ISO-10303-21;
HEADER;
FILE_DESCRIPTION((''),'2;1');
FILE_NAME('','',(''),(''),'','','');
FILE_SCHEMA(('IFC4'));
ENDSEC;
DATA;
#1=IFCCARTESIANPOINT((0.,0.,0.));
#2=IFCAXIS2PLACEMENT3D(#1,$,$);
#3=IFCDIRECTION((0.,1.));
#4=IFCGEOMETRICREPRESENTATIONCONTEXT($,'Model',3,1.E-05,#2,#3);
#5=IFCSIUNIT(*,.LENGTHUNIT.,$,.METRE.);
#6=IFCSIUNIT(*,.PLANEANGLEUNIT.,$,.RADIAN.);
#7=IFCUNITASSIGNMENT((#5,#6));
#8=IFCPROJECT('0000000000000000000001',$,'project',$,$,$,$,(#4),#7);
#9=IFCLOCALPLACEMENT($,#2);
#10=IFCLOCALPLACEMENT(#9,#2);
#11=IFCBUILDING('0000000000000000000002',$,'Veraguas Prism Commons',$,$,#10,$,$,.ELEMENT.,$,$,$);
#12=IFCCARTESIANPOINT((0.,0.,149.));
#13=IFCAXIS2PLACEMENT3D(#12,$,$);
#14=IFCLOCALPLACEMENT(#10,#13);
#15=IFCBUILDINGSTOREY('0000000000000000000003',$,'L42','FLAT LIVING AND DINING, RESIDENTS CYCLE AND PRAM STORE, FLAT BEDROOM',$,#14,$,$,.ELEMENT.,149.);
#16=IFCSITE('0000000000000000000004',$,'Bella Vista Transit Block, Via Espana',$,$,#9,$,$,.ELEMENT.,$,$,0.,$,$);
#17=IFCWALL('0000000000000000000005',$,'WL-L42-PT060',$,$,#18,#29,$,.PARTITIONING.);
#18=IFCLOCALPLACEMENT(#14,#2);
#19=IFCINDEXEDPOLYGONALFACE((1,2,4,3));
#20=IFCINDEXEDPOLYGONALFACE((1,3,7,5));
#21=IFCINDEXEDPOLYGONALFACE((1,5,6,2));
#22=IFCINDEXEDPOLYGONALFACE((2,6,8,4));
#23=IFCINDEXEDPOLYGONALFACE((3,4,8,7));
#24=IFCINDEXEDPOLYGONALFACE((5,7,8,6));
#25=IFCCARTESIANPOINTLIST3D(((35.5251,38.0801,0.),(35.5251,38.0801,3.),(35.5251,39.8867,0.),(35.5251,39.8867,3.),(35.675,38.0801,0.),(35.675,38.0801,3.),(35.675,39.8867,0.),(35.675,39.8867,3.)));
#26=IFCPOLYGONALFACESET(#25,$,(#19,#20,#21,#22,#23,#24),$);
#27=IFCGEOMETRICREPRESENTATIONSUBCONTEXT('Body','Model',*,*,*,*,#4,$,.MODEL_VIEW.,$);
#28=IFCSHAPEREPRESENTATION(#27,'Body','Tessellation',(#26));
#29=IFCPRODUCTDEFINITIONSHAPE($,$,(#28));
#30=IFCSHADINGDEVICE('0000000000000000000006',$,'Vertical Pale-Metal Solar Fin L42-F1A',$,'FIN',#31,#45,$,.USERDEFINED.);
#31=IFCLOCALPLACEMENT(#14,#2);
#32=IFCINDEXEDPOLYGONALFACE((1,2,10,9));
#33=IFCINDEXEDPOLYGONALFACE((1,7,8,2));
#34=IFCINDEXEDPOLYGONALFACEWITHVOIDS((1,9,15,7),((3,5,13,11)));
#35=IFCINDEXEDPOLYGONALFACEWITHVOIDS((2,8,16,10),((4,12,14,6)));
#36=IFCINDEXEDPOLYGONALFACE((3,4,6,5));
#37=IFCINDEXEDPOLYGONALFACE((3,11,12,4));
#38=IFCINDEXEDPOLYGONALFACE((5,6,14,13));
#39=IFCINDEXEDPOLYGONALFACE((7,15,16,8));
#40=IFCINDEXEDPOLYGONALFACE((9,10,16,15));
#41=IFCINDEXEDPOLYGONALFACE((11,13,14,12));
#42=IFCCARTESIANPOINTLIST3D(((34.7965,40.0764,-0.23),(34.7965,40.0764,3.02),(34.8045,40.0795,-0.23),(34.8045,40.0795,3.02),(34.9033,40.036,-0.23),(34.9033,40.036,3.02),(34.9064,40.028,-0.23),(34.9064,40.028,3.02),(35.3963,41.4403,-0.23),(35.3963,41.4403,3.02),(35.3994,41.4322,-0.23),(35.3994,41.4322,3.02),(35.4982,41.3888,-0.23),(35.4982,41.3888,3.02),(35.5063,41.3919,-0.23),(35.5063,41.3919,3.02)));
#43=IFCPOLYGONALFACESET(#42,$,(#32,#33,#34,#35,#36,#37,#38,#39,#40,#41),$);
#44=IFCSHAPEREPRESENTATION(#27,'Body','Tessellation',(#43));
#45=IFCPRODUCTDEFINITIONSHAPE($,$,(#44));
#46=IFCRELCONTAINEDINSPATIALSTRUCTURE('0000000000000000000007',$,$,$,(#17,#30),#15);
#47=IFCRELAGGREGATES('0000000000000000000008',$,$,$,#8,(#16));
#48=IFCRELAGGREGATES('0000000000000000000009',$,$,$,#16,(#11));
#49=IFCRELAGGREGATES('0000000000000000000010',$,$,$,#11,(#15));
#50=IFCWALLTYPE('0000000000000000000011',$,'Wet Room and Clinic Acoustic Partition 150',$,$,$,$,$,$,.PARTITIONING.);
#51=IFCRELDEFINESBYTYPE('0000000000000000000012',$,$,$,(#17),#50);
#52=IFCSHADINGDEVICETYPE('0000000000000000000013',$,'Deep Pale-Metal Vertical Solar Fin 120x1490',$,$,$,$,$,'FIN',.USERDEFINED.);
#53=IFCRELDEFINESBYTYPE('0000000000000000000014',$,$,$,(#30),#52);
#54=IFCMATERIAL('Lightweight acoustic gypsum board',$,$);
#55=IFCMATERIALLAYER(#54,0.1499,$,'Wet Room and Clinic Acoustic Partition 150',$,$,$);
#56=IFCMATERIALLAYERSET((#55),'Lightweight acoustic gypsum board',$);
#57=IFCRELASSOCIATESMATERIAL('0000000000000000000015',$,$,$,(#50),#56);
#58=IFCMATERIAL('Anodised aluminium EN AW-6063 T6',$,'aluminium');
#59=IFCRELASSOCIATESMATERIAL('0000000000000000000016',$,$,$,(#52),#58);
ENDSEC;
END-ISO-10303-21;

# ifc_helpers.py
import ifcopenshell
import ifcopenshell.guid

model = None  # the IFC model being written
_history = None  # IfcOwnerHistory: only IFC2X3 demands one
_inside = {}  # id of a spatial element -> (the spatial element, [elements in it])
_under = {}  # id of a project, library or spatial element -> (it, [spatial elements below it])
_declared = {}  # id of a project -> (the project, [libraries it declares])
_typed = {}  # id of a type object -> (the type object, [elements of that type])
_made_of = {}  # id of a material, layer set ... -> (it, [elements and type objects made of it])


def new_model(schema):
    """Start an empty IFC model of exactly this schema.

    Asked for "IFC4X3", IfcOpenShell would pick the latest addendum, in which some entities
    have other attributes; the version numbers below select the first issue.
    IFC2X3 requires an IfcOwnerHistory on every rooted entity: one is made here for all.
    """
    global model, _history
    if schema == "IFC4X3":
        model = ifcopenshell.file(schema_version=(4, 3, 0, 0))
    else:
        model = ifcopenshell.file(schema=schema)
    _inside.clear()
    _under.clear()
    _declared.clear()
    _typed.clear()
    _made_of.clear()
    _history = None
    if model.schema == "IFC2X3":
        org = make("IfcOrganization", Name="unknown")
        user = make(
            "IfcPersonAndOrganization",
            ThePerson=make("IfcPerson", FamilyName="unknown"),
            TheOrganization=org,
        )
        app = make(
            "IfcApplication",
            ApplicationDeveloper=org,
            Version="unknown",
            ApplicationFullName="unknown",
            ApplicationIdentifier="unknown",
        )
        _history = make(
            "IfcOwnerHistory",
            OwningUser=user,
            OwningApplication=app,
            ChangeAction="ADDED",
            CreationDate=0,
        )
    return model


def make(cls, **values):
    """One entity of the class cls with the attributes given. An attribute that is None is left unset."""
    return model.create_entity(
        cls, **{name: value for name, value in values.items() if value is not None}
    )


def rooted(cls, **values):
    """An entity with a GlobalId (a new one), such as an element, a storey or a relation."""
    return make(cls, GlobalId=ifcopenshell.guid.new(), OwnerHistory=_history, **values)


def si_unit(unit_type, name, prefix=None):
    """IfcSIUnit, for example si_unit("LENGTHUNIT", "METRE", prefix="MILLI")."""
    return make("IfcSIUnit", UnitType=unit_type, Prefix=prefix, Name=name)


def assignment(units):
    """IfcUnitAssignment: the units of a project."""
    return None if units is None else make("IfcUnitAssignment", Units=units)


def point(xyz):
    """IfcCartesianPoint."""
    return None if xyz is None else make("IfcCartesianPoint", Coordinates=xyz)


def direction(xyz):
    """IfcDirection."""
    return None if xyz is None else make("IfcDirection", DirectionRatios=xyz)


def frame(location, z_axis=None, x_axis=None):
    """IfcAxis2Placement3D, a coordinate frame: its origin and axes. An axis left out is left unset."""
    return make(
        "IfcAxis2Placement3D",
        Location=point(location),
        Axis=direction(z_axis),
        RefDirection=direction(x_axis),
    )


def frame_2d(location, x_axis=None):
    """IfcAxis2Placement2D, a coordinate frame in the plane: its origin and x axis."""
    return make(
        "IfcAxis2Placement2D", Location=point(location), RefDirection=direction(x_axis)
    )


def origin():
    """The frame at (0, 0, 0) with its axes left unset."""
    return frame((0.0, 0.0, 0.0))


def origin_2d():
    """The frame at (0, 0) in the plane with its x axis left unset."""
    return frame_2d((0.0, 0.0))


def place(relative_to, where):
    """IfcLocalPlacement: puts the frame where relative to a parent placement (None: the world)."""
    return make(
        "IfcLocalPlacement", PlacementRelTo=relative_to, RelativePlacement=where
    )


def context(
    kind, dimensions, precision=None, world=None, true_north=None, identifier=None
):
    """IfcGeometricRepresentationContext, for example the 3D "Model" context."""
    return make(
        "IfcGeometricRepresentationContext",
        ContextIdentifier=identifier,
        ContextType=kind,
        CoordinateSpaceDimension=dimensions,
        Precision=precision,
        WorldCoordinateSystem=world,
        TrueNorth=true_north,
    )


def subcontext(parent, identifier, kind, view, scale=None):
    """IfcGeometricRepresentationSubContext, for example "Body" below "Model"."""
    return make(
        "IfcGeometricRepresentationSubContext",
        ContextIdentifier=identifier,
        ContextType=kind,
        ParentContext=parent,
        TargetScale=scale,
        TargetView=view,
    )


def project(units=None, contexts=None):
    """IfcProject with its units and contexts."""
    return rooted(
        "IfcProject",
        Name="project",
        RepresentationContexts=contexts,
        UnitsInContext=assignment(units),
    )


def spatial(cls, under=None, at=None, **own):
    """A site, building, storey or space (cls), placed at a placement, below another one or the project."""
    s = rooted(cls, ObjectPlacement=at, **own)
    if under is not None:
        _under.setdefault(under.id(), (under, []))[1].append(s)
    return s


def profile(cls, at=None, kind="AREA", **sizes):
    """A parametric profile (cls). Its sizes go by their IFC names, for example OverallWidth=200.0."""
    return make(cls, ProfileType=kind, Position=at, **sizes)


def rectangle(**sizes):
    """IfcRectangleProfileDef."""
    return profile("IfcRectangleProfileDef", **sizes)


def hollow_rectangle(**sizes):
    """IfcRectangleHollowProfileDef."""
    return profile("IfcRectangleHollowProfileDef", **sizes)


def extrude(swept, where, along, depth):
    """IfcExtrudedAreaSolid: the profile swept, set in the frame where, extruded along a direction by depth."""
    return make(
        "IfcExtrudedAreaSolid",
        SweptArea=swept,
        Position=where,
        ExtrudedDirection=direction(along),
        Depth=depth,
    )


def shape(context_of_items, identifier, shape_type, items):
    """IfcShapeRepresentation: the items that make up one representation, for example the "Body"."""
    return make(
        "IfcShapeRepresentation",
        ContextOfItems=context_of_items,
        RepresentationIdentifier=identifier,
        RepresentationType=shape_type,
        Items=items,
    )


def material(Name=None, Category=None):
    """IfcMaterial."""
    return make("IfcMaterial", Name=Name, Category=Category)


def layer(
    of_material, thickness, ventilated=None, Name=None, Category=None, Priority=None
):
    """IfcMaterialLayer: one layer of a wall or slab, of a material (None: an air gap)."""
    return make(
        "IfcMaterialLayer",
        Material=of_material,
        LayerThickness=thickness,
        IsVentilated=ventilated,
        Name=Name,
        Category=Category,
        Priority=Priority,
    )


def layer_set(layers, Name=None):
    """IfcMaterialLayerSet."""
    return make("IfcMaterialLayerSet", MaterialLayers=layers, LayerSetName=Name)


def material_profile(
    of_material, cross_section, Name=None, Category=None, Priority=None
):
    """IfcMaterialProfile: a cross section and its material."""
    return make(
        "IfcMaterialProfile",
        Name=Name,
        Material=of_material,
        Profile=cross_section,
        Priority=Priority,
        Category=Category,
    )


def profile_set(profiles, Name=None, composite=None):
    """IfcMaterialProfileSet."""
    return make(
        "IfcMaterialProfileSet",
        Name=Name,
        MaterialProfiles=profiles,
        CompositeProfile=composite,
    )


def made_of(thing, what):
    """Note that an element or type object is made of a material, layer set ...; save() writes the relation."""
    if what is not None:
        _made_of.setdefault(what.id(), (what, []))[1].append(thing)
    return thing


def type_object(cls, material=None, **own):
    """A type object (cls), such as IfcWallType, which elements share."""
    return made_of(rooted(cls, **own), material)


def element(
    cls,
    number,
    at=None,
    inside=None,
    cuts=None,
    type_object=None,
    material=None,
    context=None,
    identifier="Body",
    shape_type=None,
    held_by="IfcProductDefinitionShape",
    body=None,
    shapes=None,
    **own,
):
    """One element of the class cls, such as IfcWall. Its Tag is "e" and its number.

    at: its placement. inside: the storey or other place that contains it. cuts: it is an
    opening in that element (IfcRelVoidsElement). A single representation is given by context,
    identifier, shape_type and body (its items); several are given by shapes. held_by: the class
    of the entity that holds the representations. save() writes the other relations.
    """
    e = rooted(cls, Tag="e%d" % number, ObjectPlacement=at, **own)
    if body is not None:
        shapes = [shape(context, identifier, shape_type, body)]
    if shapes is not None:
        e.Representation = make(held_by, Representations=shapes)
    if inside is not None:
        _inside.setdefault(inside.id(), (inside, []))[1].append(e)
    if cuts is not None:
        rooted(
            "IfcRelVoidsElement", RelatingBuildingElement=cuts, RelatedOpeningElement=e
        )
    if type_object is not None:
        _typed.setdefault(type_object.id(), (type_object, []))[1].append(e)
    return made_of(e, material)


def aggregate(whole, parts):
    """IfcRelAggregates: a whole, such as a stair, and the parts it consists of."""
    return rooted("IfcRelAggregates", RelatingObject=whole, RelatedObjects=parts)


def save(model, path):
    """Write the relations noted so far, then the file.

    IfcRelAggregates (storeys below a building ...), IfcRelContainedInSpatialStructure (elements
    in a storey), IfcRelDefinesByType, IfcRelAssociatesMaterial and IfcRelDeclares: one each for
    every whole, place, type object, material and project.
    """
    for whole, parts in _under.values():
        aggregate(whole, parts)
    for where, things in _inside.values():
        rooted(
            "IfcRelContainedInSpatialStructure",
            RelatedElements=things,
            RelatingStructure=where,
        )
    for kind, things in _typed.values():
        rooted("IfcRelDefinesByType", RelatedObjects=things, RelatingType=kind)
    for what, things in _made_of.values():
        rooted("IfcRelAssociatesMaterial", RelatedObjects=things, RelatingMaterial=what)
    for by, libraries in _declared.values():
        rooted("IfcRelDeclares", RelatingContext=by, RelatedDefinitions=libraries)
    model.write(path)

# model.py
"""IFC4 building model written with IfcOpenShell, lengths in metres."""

from ifc_helpers import new_model, si_unit, direction, frame, frame_2d, origin, origin_2d, place, context, subcontext, project, spatial, rectangle, hollow_rectangle, extrude, material, layer, layer_set, material_profile, profile_set, type_object, element, save


model = new_model("IFC4")

# Units and contexts
model_context = context("Model", 3, precision=1e-05, world=origin(), true_north=direction((0.0, 1.0)))
body_context = subcontext(model_context, "Body", "Model", "MODEL_VIEW")
ifc_project = project(units=[si_unit("LENGTHUNIT", "METRE"), si_unit("PLANEANGLEUNIT", "RADIAN")], contexts=[model_context])

# Site, building, storey
site_placement = place(None, origin())
site = spatial("IfcSite", under=ifc_project, at=site_placement, Name="Bella Vista Transit Block, Via Espana", CompositionType="ELEMENT", RefElevation=0.0)
building_placement = place(site_placement, origin())
building = spatial("IfcBuilding", under=site, at=building_placement, Name="Veraguas Prism Commons", CompositionType="ELEMENT")
storey_placement = place(building_placement, frame((0.0, 0.0, 149.0)))
storey = spatial("IfcBuildingStorey", under=building, at=storey_placement, Name="L42", Description="FLAT LIVING AND DINING, RESIDENTS CYCLE AND PRAM STORE, FLAT BEDROOM", CompositionType="ELEMENT", Elevation=149.0)

# Shared definitions
ifc_material_1 = material(Name="Anodised aluminium EN AW-6063 T6", Category="aluminium")

# Shared definitions
ifc_material_2 = material(Name="Lightweight acoustic gypsum board")

# Wall
ifc_layer_1 = layer(ifc_material_2, 0.1499, Name="Wet Room and Clinic Acoustic Partition 150")
ifc_layer_set_1 = layer_set([ifc_layer_1], Name="Lightweight acoustic gypsum board")
wall_type_1 = type_object("IfcWallType", Name="Wet Room and Clinic Acoustic Partition 150", PredefinedType="PARTITIONING", material=ifc_layer_set_1)
wall_1_placement = place(storey_placement, frame((35.6001, 38.0801, 0.0), z_axis=(0.0, 0.0, 1.0), x_axis=(0.0, 1.0, 0.0)))
element("IfcWall", 1, at=wall_1_placement, inside=storey, type_object=wall_type_1, Name="WL-L42-PT060", PredefinedType="PARTITIONING", context=body_context, shape_type="SweptSolid", body=[
    extrude(rectangle(XDim=1.8066, YDim=0.1499, at=frame_2d((0.9033, 0.0))), origin(), (0.0, 0.0, 1.0), 3.0),
])

# Shading device
ifc_material_profile_1 = material_profile(ifc_material_1, hollow_rectangle(XDim=0.1201, YDim=1.49, WallThickness=0.0061, at=origin_2d()), Name="FIN120X1490X6")
ifc_profile_set_1 = profile_set([ifc_material_profile_1], Name="Anodised aluminium EN AW-6063 T6")
shading_device_type = type_object("IfcShadingDeviceType", Name="Deep Pale-Metal Vertical Solar Fin 120x1490", ElementType="FIN", PredefinedType="USERDEFINED", material=ifc_profile_set_1)
shading_device_placement = place(storey_placement, frame((35.1514, 40.7341, -0.23), z_axis=(0.0, 0.0, 1.0), x_axis=(-0.915383, 0.402584, 0.0)))
element("IfcShadingDevice", 2, at=shading_device_placement, inside=storey, type_object=shading_device_type, Name="Vertical Pale-Metal Solar Fin L42-F1A", ObjectType="FIN", PredefinedType="USERDEFINED", context=body_context, shape_type="SweptSolid", body=[
    extrude(hollow_rectangle(XDim=0.1201, YDim=1.49, WallThickness=0.0061, at=origin_2d()), origin(), (0.0, 0.0, 1.0), 3.25),
])

save(model, "model.ifc")
